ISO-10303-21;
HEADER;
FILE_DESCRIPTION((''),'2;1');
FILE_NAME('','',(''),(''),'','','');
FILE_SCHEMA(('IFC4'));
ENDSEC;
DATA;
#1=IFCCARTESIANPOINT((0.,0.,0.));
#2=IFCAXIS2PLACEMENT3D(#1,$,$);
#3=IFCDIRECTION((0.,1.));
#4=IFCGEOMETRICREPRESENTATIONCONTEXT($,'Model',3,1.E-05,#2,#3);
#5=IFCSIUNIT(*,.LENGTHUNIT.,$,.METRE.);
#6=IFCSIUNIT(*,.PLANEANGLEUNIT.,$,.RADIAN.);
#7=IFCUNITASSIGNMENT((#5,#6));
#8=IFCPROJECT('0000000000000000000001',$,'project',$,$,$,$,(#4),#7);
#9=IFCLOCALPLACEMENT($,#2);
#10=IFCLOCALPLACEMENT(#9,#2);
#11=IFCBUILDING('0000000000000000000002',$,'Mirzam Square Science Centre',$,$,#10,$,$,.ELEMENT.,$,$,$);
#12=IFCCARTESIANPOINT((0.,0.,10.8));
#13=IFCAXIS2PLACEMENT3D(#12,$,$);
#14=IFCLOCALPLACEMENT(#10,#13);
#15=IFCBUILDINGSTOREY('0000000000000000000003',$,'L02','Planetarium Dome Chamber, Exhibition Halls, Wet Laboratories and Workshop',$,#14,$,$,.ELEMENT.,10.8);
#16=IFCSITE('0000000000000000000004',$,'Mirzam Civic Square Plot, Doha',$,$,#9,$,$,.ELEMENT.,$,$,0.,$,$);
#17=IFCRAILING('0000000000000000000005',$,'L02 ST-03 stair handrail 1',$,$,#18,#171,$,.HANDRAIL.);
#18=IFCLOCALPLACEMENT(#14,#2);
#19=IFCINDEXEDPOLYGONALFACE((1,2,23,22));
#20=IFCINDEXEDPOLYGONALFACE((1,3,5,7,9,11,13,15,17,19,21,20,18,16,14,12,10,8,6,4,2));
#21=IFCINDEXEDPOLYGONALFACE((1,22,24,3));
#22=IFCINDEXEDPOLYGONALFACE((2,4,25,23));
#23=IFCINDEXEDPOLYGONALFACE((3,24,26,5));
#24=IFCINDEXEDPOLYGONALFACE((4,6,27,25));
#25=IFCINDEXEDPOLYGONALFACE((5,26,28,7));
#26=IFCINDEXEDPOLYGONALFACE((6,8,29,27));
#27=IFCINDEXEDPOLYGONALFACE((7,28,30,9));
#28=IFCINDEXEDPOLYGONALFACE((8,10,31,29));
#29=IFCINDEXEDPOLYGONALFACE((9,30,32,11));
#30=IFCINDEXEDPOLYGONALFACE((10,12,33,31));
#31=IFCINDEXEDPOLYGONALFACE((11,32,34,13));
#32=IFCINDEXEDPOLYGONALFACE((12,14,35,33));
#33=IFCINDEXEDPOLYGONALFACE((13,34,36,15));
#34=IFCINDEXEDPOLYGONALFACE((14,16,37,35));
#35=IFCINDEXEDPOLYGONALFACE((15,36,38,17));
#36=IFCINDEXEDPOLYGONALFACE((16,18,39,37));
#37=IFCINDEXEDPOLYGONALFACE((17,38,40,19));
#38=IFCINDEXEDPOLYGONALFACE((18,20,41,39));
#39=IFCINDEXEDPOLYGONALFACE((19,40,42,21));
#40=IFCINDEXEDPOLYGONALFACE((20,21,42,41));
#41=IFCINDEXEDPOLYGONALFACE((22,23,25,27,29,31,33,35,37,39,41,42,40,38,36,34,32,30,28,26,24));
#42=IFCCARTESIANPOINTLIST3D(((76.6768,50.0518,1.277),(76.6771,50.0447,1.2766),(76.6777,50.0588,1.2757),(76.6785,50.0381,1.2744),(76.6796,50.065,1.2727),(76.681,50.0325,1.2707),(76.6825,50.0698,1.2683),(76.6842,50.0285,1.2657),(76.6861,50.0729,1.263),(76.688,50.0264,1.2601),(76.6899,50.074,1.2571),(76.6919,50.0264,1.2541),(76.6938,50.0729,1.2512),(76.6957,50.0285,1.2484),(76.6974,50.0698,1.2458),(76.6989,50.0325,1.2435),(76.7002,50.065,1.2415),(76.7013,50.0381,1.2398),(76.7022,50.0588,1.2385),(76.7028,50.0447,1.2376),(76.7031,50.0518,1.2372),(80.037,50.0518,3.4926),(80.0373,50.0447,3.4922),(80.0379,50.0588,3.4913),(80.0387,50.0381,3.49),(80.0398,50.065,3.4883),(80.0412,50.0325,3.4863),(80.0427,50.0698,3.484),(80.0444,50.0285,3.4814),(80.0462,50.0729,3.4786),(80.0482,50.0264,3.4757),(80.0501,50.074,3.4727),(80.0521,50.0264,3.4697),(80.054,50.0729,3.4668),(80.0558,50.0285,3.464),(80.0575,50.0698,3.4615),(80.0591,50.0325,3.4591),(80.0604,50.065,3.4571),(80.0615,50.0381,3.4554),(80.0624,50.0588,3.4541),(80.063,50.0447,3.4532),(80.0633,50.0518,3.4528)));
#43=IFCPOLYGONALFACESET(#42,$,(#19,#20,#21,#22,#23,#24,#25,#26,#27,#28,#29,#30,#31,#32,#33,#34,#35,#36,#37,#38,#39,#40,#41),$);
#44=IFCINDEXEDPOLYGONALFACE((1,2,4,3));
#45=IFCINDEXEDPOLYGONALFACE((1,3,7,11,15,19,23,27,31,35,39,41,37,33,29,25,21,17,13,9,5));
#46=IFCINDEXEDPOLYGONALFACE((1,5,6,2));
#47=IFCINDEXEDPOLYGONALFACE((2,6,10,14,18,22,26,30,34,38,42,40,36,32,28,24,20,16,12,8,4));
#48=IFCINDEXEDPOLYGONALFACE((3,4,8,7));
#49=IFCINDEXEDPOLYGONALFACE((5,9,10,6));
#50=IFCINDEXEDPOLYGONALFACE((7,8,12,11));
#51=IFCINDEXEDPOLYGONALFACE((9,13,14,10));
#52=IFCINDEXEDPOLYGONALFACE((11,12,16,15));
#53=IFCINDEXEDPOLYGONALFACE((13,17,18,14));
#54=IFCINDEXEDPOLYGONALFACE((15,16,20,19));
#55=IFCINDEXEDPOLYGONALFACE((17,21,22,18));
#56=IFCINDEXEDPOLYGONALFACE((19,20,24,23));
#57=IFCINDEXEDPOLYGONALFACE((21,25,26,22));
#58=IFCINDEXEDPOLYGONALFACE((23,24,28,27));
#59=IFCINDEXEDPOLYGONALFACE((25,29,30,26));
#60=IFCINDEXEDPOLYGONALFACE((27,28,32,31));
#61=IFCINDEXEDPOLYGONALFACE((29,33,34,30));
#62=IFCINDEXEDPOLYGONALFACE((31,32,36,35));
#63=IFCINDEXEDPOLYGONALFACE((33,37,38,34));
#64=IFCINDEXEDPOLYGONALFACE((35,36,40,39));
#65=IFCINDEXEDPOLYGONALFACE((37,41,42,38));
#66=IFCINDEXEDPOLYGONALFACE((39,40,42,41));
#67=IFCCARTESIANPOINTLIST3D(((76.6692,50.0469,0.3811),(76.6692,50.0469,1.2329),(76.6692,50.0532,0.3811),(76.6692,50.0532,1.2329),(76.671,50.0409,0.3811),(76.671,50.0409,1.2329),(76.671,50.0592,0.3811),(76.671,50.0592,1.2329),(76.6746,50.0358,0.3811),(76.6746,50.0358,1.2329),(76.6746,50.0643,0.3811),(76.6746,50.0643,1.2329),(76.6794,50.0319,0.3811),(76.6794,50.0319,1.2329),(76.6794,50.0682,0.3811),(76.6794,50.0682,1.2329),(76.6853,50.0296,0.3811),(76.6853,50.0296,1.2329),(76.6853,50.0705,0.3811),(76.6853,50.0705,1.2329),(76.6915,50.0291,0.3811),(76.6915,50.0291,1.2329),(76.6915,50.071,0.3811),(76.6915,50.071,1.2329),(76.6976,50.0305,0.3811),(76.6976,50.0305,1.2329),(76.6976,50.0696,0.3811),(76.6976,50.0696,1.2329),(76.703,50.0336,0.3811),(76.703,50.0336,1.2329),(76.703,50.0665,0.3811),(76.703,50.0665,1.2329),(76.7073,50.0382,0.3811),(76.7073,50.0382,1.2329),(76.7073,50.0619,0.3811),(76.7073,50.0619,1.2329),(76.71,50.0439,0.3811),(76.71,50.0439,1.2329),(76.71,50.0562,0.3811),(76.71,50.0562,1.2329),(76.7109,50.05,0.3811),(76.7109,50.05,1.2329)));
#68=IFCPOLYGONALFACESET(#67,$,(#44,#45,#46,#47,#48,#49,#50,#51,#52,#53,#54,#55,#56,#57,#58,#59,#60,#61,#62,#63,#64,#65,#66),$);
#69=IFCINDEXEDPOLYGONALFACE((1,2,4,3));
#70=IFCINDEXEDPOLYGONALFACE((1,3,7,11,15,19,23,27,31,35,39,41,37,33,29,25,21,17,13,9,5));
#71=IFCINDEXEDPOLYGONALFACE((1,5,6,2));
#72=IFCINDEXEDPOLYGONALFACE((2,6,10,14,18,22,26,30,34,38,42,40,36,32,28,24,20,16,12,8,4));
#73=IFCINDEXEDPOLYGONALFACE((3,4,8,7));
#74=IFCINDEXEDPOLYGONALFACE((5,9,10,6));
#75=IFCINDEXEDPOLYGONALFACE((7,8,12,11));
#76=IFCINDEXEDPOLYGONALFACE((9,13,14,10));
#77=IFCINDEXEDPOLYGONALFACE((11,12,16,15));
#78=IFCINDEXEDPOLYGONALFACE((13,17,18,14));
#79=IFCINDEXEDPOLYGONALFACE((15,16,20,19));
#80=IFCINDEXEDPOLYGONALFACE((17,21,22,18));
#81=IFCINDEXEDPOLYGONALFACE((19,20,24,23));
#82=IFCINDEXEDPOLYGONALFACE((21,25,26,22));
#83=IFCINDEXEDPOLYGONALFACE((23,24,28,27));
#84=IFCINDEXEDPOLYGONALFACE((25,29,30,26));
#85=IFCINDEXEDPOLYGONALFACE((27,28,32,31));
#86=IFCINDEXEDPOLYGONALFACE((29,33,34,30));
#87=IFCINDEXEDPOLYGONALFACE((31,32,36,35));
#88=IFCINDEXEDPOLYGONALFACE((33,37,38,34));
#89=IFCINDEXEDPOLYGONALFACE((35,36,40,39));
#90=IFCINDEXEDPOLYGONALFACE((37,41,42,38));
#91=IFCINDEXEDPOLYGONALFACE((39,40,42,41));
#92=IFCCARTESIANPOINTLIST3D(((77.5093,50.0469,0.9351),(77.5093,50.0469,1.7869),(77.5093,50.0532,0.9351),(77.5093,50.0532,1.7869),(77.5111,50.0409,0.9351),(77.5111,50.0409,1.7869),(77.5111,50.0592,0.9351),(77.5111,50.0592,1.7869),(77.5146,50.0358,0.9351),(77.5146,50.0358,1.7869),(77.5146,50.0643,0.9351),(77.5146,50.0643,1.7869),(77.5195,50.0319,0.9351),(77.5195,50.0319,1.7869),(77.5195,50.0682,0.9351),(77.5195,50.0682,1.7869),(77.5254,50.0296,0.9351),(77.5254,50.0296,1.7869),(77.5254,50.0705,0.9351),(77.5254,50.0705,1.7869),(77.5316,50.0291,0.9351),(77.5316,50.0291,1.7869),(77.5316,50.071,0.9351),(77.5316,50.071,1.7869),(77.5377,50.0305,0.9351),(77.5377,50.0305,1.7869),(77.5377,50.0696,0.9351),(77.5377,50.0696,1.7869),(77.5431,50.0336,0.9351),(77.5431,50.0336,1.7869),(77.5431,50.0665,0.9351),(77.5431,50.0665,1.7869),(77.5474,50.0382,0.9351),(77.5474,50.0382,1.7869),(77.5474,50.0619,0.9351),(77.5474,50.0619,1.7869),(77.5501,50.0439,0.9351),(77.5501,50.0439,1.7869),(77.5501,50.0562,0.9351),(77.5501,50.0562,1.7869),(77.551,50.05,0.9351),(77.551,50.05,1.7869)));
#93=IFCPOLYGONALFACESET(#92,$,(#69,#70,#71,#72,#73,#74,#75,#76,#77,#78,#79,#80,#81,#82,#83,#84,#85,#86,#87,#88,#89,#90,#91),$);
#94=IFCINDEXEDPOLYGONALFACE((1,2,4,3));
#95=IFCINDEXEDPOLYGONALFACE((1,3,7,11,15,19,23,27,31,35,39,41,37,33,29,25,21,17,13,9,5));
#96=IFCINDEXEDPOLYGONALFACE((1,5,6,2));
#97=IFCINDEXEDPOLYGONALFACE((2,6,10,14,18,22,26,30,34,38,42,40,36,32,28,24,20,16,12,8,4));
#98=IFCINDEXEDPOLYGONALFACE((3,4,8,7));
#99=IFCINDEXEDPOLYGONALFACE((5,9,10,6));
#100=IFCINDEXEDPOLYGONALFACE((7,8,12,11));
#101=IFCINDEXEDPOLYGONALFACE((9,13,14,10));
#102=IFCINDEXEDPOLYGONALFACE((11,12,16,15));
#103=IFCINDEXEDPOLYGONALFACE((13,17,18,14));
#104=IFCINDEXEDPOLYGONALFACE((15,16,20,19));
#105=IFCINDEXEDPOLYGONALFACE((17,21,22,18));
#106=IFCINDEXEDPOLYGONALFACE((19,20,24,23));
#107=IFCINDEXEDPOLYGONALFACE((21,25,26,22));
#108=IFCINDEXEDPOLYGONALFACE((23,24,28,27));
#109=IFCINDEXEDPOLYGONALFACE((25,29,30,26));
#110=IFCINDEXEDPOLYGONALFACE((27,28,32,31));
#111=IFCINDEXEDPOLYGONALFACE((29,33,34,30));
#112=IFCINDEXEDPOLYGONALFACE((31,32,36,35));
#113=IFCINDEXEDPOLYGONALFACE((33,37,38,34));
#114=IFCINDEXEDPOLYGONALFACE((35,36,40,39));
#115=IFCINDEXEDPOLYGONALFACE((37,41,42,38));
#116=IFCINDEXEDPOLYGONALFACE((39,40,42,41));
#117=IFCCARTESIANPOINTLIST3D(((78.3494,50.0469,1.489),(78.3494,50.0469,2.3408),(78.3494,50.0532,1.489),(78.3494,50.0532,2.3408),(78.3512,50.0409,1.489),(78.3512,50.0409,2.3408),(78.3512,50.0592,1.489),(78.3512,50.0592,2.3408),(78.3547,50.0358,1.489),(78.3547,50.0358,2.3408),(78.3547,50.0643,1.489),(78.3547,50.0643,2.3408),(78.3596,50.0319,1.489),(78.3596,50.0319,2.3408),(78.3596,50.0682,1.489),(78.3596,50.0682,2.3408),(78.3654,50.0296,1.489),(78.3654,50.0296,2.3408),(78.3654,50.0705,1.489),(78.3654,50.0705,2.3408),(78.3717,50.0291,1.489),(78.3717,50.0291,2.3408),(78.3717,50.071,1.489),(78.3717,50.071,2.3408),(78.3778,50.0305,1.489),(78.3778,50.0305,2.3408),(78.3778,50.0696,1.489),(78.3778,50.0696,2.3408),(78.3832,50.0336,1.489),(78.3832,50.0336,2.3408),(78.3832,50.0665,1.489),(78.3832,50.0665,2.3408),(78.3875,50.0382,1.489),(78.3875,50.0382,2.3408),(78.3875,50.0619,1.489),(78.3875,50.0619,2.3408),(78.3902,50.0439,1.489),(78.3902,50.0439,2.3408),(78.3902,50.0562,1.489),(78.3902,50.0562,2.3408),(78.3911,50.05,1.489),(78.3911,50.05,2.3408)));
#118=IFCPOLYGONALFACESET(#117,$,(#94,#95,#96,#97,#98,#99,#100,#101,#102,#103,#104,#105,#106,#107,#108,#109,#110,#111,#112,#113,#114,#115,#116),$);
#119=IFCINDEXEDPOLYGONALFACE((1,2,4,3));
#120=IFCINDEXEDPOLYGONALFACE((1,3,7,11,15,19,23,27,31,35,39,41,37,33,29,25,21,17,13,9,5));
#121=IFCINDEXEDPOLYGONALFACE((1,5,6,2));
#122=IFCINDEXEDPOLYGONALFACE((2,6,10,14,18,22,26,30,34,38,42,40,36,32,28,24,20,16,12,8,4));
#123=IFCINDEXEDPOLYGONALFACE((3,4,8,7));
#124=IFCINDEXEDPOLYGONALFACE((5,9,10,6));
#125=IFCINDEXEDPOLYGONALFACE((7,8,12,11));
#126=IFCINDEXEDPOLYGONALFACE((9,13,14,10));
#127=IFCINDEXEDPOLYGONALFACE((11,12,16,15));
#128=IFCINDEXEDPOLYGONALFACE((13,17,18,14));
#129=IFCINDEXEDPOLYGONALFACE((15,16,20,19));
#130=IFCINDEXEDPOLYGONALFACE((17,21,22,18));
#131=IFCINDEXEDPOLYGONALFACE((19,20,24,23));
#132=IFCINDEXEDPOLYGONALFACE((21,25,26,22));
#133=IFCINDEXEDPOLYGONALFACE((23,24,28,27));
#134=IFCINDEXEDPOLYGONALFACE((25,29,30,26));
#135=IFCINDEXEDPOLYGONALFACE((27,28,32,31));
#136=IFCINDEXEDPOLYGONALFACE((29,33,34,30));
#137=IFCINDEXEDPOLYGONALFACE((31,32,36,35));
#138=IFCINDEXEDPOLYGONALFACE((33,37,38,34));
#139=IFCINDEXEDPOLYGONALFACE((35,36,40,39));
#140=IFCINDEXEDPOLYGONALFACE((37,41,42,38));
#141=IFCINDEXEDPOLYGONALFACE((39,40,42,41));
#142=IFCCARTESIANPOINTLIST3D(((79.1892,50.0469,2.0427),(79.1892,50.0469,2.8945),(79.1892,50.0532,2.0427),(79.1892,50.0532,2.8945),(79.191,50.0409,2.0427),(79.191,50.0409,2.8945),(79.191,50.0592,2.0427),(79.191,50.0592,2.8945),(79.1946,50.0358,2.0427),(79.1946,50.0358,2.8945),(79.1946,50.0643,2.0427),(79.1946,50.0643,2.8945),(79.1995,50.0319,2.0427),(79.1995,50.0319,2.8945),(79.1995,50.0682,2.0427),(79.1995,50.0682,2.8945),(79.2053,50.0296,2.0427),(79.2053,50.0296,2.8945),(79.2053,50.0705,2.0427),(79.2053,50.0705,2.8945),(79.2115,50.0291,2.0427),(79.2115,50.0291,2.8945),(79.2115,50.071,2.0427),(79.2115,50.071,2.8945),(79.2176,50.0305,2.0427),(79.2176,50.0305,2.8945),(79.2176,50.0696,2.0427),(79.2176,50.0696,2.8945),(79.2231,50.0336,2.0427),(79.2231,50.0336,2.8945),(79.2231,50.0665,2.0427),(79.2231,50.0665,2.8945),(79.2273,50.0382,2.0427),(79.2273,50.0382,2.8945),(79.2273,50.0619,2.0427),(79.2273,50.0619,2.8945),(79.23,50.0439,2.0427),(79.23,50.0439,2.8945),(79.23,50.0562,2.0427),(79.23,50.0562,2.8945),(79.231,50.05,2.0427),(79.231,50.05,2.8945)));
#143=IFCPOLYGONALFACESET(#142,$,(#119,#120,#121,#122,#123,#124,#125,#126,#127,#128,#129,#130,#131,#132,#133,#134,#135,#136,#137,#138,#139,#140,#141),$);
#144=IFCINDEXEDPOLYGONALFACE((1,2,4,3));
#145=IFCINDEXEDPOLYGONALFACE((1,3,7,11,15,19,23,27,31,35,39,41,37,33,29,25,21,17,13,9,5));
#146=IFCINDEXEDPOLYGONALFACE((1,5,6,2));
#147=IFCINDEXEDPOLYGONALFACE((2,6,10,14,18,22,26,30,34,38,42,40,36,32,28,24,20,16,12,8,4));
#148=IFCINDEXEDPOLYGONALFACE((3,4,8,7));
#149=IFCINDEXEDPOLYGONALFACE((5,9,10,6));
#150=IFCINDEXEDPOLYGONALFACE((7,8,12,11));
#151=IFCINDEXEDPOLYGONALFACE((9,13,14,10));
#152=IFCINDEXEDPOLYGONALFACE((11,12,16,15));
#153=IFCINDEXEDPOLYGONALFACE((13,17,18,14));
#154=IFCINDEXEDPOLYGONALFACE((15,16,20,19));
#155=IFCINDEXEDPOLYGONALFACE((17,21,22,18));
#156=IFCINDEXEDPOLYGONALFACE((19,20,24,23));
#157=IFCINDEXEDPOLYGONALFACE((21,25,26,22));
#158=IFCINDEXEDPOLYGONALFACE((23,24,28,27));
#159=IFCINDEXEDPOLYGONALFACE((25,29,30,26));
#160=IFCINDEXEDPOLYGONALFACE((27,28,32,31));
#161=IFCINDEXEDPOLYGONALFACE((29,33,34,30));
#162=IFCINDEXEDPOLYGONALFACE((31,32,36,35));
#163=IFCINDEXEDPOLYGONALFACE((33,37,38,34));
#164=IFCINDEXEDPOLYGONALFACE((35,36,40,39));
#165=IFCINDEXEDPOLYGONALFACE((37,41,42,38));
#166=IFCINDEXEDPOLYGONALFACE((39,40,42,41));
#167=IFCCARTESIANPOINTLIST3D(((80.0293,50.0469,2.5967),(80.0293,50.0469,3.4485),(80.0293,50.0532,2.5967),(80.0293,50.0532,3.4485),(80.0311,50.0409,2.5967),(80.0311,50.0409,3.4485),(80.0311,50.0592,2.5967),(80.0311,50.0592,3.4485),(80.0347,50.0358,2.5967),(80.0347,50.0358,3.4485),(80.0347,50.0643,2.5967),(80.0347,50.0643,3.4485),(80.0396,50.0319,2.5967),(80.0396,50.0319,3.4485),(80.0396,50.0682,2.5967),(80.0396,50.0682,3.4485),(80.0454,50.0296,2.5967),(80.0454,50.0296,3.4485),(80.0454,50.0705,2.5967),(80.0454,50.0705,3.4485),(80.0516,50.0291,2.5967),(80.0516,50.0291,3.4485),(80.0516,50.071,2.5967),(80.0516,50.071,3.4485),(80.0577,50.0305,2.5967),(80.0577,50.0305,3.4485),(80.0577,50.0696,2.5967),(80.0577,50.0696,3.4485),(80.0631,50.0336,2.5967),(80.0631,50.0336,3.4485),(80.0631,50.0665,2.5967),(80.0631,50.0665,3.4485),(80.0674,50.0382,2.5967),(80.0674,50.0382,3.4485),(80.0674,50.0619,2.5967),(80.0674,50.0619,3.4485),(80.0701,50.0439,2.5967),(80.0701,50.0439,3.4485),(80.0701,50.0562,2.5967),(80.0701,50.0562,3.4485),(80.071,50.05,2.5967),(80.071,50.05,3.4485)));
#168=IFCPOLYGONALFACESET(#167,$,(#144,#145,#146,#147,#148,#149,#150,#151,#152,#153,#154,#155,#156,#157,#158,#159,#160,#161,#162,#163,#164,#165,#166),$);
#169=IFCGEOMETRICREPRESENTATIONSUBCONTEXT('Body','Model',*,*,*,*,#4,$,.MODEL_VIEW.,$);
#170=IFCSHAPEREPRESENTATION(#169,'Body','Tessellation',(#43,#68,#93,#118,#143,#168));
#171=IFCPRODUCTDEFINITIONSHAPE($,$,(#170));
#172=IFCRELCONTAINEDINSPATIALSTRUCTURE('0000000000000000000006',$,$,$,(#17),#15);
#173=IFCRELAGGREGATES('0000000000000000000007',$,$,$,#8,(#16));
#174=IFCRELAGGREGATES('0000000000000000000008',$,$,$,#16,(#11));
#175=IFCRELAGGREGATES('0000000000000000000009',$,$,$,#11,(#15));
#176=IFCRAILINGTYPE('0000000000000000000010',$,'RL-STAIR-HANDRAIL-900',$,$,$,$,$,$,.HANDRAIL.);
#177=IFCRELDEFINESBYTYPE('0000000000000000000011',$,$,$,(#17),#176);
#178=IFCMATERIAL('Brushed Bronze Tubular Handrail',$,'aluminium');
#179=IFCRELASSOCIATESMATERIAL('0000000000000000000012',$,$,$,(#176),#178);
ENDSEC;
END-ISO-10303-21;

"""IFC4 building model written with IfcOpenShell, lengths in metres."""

from ifc_helpers import new_model, si_unit, direction, frame, origin, origin_2d, place, context, subcontext, project, spatial, circle, extrude, material, type_object, element, save


model = new_model("IFC4")

# Units and contexts
model_context = context("Model", 3, precision=1e-05, world=origin(), true_north=direction((0.0, 1.0)))
body_context = subcontext(model_context, "Body", "Model", "MODEL_VIEW")
ifc_project = project(units=[si_unit("LENGTHUNIT", "METRE"), si_unit("PLANEANGLEUNIT", "RADIAN")], contexts=[model_context])

# Site, building, storey
site_placement = place(None, origin())
site = spatial("IfcSite", under=ifc_project, at=site_placement, Name="Mirzam Civic Square Plot, Doha", CompositionType="ELEMENT", RefElevation=0.0)
building_placement = place(site_placement, origin())
building = spatial("IfcBuilding", under=site, at=building_placement, Name="Mirzam Square Science Centre", CompositionType="ELEMENT")
storey_placement = place(building_placement, frame((0.0, 0.0, 10.8)))
storey = spatial("IfcBuildingStorey", under=building, at=storey_placement, Name="L02", Description="Planetarium Dome Chamber, Exhibition Halls, Wet Laboratories and Workshop", CompositionType="ELEMENT", Elevation=10.8)

# Railing
ifc_material_1 = material(Name="Brushed Bronze Tubular Handrail", Category="aluminium")
railing_type_1 = type_object("IfcRailingType", Name="RL-STAIR-HANDRAIL-900", PredefinedType="HANDRAIL", material=ifc_material_1)
railing_1_placement = place(storey_placement, frame((76.6899, 50.05, 0.3811)))
element("IfcRailing", 1, at=railing_1_placement, inside=storey, type_object=railing_type_1, Name="L02 ST-03 stair handrail 1", PredefinedType="HANDRAIL", context=body_context, shape_type="SweptSolid", body=[
    extrude(circle(Radius=0.0239, at=origin_2d()), frame((0.0, 0.0, 0.876), z_axis=(0.834849, 0.0, 0.55048), x_axis=(0.0, 1.0, 0.0)), (0.0, 0.0, 1.0), 4.0249),
    extrude(circle(Radius=0.021, at=origin_2d()), origin(), (0.0, 0.0, 1.0), 0.8518),
    extrude(circle(Radius=0.021, at=origin_2d()), frame((0.8401, 0.0, 0.554)), (0.0, 0.0, 1.0), 0.8518),
    extrude(circle(Radius=0.021, at=origin_2d()), frame((1.6802, 0.0, 1.1079)), (0.0, 0.0, 1.0), 0.8518),
    extrude(circle(Radius=0.021, at=origin_2d()), frame((2.52, 0.0, 1.6616)), (0.0, 0.0, 1.0), 0.8518),
    extrude(circle(Radius=0.021, at=origin_2d()), frame((3.3601, 0.0, 2.2156)), (0.0, 0.0, 1.0), 0.8518),
])

save(model, "model.ifc")
